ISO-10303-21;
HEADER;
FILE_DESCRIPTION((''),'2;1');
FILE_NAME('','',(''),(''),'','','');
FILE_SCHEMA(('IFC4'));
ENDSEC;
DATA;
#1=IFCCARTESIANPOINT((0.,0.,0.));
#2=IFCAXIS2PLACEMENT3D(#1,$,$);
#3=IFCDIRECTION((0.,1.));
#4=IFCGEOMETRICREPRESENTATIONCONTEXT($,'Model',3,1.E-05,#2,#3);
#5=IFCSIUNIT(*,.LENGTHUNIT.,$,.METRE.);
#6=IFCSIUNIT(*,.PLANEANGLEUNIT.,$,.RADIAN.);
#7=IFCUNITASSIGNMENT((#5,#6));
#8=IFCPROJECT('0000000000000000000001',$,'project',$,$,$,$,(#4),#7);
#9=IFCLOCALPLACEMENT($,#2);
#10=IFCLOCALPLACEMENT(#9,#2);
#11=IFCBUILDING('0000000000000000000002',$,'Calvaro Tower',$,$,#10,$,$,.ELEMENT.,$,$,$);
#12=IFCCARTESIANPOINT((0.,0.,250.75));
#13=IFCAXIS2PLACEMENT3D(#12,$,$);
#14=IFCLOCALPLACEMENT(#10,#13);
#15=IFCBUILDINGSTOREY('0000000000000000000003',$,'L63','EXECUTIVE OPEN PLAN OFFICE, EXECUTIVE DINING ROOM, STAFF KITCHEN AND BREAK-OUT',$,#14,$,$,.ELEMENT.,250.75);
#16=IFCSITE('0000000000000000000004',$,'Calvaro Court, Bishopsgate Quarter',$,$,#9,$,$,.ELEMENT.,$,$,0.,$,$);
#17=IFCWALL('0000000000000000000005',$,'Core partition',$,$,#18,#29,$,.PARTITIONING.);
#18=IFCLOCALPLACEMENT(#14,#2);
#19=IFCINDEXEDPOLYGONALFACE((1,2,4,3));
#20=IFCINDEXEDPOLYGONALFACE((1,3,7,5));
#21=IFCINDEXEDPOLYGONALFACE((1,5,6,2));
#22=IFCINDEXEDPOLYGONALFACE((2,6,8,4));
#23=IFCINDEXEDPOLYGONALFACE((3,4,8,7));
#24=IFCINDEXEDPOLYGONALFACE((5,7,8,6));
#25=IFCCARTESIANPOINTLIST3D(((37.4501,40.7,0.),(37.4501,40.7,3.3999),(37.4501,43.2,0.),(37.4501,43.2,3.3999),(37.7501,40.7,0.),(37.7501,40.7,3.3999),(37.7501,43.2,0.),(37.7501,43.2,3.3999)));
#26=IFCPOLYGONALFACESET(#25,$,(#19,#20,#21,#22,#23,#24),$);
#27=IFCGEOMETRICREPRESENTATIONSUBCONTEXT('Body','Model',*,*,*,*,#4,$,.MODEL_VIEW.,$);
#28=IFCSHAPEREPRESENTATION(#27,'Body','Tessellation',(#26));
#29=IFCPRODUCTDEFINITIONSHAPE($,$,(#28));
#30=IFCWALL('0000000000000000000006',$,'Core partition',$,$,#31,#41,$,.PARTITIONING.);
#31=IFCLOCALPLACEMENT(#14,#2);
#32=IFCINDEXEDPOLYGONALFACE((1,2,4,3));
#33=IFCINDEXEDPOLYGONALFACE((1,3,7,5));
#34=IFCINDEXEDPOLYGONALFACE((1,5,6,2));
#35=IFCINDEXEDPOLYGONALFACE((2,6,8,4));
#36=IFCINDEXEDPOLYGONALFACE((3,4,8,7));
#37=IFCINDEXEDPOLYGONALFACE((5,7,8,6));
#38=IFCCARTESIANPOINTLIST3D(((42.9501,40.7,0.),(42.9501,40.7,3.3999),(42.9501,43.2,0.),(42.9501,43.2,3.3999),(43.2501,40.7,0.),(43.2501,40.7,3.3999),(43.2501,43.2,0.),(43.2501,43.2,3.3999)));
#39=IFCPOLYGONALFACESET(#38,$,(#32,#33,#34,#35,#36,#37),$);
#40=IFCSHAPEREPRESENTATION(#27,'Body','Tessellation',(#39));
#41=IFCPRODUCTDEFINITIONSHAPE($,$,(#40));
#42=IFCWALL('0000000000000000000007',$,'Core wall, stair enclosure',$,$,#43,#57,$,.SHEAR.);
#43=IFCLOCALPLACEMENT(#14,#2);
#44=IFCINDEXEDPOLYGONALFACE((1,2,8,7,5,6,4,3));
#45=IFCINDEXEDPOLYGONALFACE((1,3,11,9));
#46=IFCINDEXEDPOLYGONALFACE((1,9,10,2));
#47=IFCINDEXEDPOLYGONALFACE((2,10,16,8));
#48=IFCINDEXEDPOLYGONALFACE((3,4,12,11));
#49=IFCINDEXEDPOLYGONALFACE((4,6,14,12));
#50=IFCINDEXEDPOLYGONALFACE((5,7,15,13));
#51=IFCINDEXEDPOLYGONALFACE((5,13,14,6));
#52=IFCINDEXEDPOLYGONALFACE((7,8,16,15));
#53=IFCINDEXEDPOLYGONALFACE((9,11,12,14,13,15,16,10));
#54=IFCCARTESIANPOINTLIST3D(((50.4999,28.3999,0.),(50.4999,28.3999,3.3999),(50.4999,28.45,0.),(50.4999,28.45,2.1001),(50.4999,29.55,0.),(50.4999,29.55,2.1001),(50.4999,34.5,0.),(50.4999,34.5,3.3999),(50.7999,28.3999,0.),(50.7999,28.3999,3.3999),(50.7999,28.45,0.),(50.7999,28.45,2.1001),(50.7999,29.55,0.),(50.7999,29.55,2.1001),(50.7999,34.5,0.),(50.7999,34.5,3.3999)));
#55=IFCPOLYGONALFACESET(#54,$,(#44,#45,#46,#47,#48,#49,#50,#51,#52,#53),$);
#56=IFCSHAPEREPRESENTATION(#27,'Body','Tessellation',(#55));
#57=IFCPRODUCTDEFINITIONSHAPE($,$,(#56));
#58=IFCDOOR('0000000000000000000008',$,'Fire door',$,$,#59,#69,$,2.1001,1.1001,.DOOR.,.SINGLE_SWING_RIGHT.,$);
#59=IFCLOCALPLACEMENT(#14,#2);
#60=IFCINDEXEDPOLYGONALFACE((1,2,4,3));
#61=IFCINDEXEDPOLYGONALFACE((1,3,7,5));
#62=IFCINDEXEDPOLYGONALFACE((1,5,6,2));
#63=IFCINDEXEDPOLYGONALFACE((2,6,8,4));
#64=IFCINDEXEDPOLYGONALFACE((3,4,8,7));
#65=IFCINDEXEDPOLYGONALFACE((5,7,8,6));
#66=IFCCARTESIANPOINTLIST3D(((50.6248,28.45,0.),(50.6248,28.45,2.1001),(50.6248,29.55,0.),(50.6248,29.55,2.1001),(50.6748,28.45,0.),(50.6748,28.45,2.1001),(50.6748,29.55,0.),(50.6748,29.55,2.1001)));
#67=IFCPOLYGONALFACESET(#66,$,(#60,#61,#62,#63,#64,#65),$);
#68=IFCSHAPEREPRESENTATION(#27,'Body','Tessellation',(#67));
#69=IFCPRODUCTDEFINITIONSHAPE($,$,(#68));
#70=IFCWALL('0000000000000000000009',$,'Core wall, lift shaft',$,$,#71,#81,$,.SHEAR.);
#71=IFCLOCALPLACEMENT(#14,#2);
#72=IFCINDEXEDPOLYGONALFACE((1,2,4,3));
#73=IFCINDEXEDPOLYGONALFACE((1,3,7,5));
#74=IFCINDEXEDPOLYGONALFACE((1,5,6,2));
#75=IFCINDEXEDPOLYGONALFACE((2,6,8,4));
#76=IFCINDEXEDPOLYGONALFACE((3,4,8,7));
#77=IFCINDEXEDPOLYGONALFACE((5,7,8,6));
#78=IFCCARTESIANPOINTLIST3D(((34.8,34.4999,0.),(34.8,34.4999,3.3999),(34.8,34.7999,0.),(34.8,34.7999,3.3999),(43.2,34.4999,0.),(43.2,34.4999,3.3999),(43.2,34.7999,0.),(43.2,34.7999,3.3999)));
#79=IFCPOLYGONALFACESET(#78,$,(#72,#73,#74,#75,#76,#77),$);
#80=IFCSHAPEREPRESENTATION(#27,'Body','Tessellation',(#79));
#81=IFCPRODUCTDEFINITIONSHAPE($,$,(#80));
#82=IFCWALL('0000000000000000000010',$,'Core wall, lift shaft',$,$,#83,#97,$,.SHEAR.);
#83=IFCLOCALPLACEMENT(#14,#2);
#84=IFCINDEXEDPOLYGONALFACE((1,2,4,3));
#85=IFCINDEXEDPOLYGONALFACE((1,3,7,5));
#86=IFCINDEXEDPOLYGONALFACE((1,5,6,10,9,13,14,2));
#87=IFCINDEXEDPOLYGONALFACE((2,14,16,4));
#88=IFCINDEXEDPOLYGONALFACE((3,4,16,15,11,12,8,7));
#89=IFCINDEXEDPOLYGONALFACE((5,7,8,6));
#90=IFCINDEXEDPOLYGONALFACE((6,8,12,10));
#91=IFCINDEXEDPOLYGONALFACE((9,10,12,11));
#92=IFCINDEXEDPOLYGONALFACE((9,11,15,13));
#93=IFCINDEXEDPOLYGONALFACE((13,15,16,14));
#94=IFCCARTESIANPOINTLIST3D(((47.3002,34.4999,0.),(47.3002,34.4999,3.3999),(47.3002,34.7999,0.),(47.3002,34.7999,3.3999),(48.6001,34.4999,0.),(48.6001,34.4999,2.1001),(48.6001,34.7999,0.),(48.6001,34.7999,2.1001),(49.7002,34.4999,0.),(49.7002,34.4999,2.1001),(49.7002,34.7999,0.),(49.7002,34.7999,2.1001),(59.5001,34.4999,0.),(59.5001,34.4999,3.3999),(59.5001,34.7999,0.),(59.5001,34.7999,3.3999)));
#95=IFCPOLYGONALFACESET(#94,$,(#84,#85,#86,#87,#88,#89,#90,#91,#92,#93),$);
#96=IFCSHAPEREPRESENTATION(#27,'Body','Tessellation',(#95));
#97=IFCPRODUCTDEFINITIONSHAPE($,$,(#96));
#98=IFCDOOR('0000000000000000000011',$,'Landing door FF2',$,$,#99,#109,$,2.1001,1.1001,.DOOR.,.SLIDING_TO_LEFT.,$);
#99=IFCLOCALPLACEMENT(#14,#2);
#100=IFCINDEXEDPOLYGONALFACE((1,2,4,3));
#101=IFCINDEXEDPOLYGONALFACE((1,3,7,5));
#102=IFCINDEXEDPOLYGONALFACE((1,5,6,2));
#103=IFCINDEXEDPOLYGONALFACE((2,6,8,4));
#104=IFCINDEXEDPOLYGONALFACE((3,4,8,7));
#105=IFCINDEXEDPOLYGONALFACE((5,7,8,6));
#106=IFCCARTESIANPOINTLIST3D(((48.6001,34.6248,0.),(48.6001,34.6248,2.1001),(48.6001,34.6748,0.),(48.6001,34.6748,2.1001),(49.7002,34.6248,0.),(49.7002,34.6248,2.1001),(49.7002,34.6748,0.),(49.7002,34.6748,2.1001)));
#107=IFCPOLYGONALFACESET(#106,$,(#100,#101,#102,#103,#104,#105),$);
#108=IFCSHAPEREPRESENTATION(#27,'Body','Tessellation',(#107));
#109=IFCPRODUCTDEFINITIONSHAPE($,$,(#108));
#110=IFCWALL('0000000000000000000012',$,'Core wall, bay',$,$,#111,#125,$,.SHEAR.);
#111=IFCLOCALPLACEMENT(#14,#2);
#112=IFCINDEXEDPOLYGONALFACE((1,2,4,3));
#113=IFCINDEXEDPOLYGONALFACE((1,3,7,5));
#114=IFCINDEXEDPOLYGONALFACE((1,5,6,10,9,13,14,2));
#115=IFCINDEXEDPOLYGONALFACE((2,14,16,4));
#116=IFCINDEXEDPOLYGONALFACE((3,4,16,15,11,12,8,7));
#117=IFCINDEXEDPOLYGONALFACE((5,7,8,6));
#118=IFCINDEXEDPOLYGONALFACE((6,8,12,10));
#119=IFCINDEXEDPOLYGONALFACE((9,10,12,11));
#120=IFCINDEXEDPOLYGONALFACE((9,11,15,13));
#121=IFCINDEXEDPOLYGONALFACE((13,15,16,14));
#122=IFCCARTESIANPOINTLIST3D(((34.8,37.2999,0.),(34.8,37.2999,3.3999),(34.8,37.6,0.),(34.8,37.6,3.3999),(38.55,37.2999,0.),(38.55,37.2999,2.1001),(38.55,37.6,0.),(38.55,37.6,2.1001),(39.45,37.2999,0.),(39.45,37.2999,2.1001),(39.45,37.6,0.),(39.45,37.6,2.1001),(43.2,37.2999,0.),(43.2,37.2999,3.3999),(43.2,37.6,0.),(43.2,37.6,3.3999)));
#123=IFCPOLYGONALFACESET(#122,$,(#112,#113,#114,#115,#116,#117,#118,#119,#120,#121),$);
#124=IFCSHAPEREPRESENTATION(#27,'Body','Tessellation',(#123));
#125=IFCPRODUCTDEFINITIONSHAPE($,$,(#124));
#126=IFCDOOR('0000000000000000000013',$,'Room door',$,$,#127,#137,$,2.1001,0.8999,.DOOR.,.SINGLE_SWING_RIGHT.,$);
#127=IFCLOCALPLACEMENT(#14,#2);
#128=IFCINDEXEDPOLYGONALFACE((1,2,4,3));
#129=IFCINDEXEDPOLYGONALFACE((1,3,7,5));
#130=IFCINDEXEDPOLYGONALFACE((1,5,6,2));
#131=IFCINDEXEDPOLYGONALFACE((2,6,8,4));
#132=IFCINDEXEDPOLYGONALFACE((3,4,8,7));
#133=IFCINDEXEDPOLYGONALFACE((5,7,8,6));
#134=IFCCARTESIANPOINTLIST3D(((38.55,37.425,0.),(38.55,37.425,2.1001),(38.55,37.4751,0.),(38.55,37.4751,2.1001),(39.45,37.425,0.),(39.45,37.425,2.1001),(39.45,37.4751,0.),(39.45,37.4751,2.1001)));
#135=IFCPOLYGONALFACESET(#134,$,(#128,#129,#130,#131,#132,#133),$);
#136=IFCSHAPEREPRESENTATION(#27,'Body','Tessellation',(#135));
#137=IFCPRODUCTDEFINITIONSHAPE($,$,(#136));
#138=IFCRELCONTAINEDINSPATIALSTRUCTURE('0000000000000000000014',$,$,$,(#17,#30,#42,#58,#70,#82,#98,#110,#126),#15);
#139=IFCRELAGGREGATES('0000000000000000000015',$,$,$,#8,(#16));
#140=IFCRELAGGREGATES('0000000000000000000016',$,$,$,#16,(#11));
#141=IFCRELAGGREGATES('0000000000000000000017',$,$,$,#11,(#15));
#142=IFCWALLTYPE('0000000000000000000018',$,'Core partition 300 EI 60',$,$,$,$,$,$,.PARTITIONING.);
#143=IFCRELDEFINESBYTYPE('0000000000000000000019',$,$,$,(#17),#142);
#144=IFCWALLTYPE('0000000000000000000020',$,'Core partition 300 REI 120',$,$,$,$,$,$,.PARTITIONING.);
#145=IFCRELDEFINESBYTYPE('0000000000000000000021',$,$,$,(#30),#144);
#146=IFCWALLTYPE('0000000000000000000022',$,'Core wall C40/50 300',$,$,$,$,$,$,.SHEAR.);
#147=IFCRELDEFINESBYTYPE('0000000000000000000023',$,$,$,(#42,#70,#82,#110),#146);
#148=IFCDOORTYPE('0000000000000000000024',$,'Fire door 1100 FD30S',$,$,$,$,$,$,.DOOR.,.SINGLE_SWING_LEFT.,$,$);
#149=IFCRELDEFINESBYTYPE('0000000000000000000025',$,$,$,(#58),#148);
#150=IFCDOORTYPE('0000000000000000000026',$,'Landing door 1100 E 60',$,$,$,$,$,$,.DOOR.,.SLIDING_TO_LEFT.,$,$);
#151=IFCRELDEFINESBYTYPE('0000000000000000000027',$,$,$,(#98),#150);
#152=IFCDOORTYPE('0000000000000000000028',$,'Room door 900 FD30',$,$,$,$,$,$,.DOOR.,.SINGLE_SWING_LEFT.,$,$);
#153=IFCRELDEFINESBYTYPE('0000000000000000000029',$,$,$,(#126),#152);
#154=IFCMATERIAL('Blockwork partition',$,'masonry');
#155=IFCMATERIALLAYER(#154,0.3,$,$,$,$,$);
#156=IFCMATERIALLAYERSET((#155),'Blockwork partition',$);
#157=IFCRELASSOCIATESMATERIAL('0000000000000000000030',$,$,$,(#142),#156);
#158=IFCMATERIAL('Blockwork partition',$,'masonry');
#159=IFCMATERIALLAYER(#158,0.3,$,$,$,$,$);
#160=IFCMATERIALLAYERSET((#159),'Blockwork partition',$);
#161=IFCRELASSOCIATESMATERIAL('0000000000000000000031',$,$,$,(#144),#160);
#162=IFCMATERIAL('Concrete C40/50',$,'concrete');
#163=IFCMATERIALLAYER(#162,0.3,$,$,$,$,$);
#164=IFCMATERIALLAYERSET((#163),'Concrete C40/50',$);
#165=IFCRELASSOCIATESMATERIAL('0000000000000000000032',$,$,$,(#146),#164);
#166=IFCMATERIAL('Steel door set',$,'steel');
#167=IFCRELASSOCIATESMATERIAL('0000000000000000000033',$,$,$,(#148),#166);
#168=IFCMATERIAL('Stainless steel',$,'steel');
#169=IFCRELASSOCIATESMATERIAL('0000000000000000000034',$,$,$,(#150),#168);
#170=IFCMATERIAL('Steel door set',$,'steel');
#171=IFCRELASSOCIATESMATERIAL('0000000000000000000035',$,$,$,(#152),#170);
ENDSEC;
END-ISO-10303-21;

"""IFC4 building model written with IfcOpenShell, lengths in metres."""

from ifc_helpers import new_model, si_unit, direction, frame, frame_2d, origin, place, context, subcontext, project, spatial, rectangle, extrude, material, layer, layer_set, type_object, element, fill, save


model = new_model("IFC4")

# Units and contexts
model_context = context("Model", 3, precision=1e-05, world=origin(), true_north=direction((0.0, 1.0)))
body_context = subcontext(model_context, "Body", "Model", "MODEL_VIEW")
ifc_project = project(units=[si_unit("LENGTHUNIT", "METRE"), si_unit("PLANEANGLEUNIT", "RADIAN")], contexts=[model_context])

# Site, building, storey
site_placement = place(None, origin())
site = spatial("IfcSite", under=ifc_project, at=site_placement, Name="Calvaro Court, Bishopsgate Quarter", CompositionType="ELEMENT", RefElevation=0.0)
building_placement = place(site_placement, origin())
building = spatial("IfcBuilding", under=site, at=building_placement, Name="Calvaro Tower", CompositionType="ELEMENT")
storey_placement = place(building_placement, frame((0.0, 0.0, 250.75)))
storey = spatial("IfcBuildingStorey", under=building, at=storey_placement, Name="L63", Description="EXECUTIVE OPEN PLAN OFFICE, EXECUTIVE DINING ROOM, STAFF KITCHEN AND BREAK-OUT", CompositionType="ELEMENT", Elevation=250.75)

# Walls
ifc_material_1 = material(Name="Blockwork partition", Category="masonry")
ifc_layer_1 = layer(ifc_material_1, 0.3)
ifc_layer_set_1 = layer_set([ifc_layer_1], Name="Blockwork partition")
wall_type_1 = type_object("IfcWallType", Name="Core partition 300 EI 60", PredefinedType="PARTITIONING", material=ifc_layer_set_1)
wall_1_placement = place(storey_placement, frame((37.6001, 40.7, 0.0), z_axis=(0.0, 0.0, 1.0), x_axis=(0.0, 1.0, 0.0)))
element("IfcWall", 1, at=wall_1_placement, inside=storey, type_object=wall_type_1, Name="Core partition", PredefinedType="PARTITIONING", context=body_context, shape_type="SweptSolid", body=[
    extrude(rectangle(XDim=2.5, YDim=0.3, at=frame_2d((1.25, 0.0))), origin(), (0.0, 0.0, 1.0), 3.3999),
])
ifc_material_2 = material(Name="Blockwork partition", Category="masonry")
ifc_layer_2 = layer(ifc_material_2, 0.3)
ifc_layer_set_2 = layer_set([ifc_layer_2], Name="Blockwork partition")
wall_type_2 = type_object("IfcWallType", Name="Core partition 300 REI 120", PredefinedType="PARTITIONING", material=ifc_layer_set_2)
wall_2_placement = place(storey_placement, frame((43.1001, 40.7, 0.0), z_axis=(0.0, 0.0, 1.0), x_axis=(0.0, 1.0, 0.0)))
element("IfcWall", 2, at=wall_2_placement, inside=storey, type_object=wall_type_2, Name="Core partition", PredefinedType="PARTITIONING", context=body_context, shape_type="SweptSolid", body=[
    extrude(rectangle(XDim=2.5, YDim=0.3, at=frame_2d((1.25, 0.0))), origin(), (0.0, 0.0, 1.0), 3.3999),
])

# Wall, opening, door
ifc_material_3 = material(Name="Concrete C40/50", Category="concrete")
ifc_layer_3 = layer(ifc_material_3, 0.3)
ifc_layer_set_3 = layer_set([ifc_layer_3], Name="Concrete C40/50")
wall_type_3 = type_object("IfcWallType", Name="Core wall C40/50 300", PredefinedType="SHEAR", material=ifc_layer_set_3)
wall_3_placement = place(storey_placement, frame((50.6499, 34.5, 0.0), z_axis=(0.0, 0.0, 1.0), x_axis=(0.0, -1.0, 0.0)))
wall_3 = element("IfcWall", 3, at=wall_3_placement, inside=storey, type_object=wall_type_3, Name="Core wall, stair enclosure", PredefinedType="SHEAR", context=body_context, shape_type="SweptSolid", body=[
    extrude(rectangle(XDim=6.1001, YDim=0.3, at=frame_2d((3.05, 0.0))), origin(), (0.0, 0.0, 1.0), 3.3999),
])
opening_1_placement = place(wall_3_placement, frame((4.95, 0.0, 0.0)))
opening_1 = element("IfcOpeningElement", 4, at=opening_1_placement, cuts=wall_3, PredefinedType="OPENING", context=body_context, shape_type="SweptSolid", body=[
    extrude(rectangle(XDim=1.1001, YDim=2.1001, at=frame_2d((0.55, 1.05))), frame((0.0, 0.1599, 0.0), z_axis=(0.0, -1.0, 0.0), x_axis=(1.0, 0.0, 0.0)), (0.0, 0.0, 1.0), 0.3201),
])
ifc_material_4 = material(Name="Steel door set", Category="steel")
door_type_1 = type_object("IfcDoorType", Name="Fire door 1100 FD30S", OperationType="SINGLE_SWING_LEFT", PredefinedType="DOOR", material=ifc_material_4)
door_1_placement = place(opening_1_placement, origin())
door_1 = element("IfcDoor", 5, at=door_1_placement, inside=storey, type_object=door_type_1, Name="Fire door", OperationType="SINGLE_SWING_RIGHT", OverallHeight=2.1001, OverallWidth=1.1001, PredefinedType="DOOR", context=body_context, shape_type="SweptSolid", body=[
    extrude(rectangle(XDim=1.1001, YDim=2.1001, at=frame_2d((0.55, 1.05))), frame((0.0, 0.0249, 0.0), z_axis=(0.0, -1.0, 0.0), x_axis=(1.0, 0.0, 0.0)), (0.0, 0.0, 1.0), 0.05),
])
fill(opening_1, door_1)

# Wall
wall_4_placement = place(storey_placement, frame((34.8, 34.6499, 0.0), z_axis=(0.0, 0.0, 1.0), x_axis=(1.0, 0.0, 0.0)))
element("IfcWall", 6, at=wall_4_placement, inside=storey, type_object=wall_type_3, Name="Core wall, lift shaft", PredefinedType="SHEAR", context=body_context, shape_type="SweptSolid", body=[
    extrude(rectangle(XDim=8.3999, YDim=0.3, at=frame_2d((4.2, 0.0))), origin(), (0.0, 0.0, 1.0), 3.3999),
])

# Walls, openings, doors
wall_5_placement = place(storey_placement, frame((47.3, 34.6499, 0.0), z_axis=(0.0, 0.0, 1.0), x_axis=(1.0, 0.0, 0.0)))
wall_5 = element("IfcWall", 7, at=wall_5_placement, inside=storey, type_object=wall_type_3, Name="Core wall, lift shaft", PredefinedType="SHEAR", context=body_context, shape_type="SweptSolid", body=[
    extrude(rectangle(XDim=12.2, YDim=0.3, at=frame_2d((6.1001, 0.0))), origin(), (0.0, 0.0, 1.0), 3.3999),
])
opening_2_placement = place(wall_5_placement, frame((1.3, 0.0, 0.0)))
opening_2 = element("IfcOpeningElement", 8, at=opening_2_placement, cuts=wall_5, PredefinedType="OPENING", context=body_context, shape_type="SweptSolid", body=[
    extrude(rectangle(XDim=1.1001, YDim=2.1001, at=frame_2d((0.55, 1.05))), frame((0.0, 0.1599, 0.0), z_axis=(0.0, -1.0, 0.0), x_axis=(1.0, 0.0, 0.0)), (0.0, 0.0, 1.0), 0.3201),
])
ifc_material_5 = material(Name="Stainless steel", Category="steel")
door_type_2 = type_object("IfcDoorType", Name="Landing door 1100 E 60", OperationType="SLIDING_TO_LEFT", PredefinedType="DOOR", material=ifc_material_5)
door_2_placement = place(opening_2_placement, origin())
door_2 = element("IfcDoor", 9, at=door_2_placement, inside=storey, type_object=door_type_2, Name="Landing door FF2", OperationType="SLIDING_TO_LEFT", OverallHeight=2.1001, OverallWidth=1.1001, PredefinedType="DOOR", context=body_context, shape_type="SweptSolid", body=[
    extrude(rectangle(XDim=1.1001, YDim=2.1001, at=frame_2d((0.55, 1.05))), frame((0.0, 0.0249, 0.0), z_axis=(0.0, -1.0, 0.0), x_axis=(1.0, 0.0, 0.0)), (0.0, 0.0, 1.0), 0.05),
])
fill(opening_2, door_2)
wall_6_placement = place(storey_placement, frame((43.2, 37.45, 0.0), z_axis=(0.0, 0.0, 1.0), x_axis=(-1.0, 0.0, 0.0)))
wall_6 = element("IfcWall", 10, at=wall_6_placement, inside=storey, type_object=wall_type_3, Name="Core wall, bay", PredefinedType="SHEAR", context=body_context, shape_type="SweptSolid", body=[
    extrude(rectangle(XDim=8.3999, YDim=0.3, at=frame_2d((4.2, 0.0))), origin(), (0.0, 0.0, 1.0), 3.3999),
])
opening_3_placement = place(wall_6_placement, frame((3.75, 0.0, 0.0)))
opening_3 = element("IfcOpeningElement", 11, at=opening_3_placement, cuts=wall_6, PredefinedType="OPENING", context=body_context, shape_type="SweptSolid", body=[
    extrude(rectangle(XDim=0.8999, YDim=2.1001, at=frame_2d((0.45, 1.05))), frame((0.0, 0.1599, 0.0), z_axis=(0.0, -1.0, 0.0), x_axis=(1.0, 0.0, 0.0)), (0.0, 0.0, 1.0), 0.3201),
])
ifc_material_6 = material(Name="Steel door set", Category="steel")
door_type_3 = type_object("IfcDoorType", Name="Room door 900 FD30", OperationType="SINGLE_SWING_LEFT", PredefinedType="DOOR", material=ifc_material_6)
door_3_placement = place(opening_3_placement, origin())
door_3 = element("IfcDoor", 12, at=door_3_placement, inside=storey, type_object=door_type_3, Name="Room door", OperationType="SINGLE_SWING_RIGHT", OverallHeight=2.1001, OverallWidth=0.8999, PredefinedType="DOOR", context=body_context, shape_type="SweptSolid", body=[
    extrude(rectangle(XDim=0.8999, YDim=2.1001, at=frame_2d((0.45, 1.05))), frame((0.0, 0.0249, 0.0), z_axis=(0.0, -1.0, 0.0), x_axis=(1.0, 0.0, 0.0)), (0.0, 0.0, 1.0), 0.05),
])
fill(opening_3, door_3)

save(model, "model.ifc")
